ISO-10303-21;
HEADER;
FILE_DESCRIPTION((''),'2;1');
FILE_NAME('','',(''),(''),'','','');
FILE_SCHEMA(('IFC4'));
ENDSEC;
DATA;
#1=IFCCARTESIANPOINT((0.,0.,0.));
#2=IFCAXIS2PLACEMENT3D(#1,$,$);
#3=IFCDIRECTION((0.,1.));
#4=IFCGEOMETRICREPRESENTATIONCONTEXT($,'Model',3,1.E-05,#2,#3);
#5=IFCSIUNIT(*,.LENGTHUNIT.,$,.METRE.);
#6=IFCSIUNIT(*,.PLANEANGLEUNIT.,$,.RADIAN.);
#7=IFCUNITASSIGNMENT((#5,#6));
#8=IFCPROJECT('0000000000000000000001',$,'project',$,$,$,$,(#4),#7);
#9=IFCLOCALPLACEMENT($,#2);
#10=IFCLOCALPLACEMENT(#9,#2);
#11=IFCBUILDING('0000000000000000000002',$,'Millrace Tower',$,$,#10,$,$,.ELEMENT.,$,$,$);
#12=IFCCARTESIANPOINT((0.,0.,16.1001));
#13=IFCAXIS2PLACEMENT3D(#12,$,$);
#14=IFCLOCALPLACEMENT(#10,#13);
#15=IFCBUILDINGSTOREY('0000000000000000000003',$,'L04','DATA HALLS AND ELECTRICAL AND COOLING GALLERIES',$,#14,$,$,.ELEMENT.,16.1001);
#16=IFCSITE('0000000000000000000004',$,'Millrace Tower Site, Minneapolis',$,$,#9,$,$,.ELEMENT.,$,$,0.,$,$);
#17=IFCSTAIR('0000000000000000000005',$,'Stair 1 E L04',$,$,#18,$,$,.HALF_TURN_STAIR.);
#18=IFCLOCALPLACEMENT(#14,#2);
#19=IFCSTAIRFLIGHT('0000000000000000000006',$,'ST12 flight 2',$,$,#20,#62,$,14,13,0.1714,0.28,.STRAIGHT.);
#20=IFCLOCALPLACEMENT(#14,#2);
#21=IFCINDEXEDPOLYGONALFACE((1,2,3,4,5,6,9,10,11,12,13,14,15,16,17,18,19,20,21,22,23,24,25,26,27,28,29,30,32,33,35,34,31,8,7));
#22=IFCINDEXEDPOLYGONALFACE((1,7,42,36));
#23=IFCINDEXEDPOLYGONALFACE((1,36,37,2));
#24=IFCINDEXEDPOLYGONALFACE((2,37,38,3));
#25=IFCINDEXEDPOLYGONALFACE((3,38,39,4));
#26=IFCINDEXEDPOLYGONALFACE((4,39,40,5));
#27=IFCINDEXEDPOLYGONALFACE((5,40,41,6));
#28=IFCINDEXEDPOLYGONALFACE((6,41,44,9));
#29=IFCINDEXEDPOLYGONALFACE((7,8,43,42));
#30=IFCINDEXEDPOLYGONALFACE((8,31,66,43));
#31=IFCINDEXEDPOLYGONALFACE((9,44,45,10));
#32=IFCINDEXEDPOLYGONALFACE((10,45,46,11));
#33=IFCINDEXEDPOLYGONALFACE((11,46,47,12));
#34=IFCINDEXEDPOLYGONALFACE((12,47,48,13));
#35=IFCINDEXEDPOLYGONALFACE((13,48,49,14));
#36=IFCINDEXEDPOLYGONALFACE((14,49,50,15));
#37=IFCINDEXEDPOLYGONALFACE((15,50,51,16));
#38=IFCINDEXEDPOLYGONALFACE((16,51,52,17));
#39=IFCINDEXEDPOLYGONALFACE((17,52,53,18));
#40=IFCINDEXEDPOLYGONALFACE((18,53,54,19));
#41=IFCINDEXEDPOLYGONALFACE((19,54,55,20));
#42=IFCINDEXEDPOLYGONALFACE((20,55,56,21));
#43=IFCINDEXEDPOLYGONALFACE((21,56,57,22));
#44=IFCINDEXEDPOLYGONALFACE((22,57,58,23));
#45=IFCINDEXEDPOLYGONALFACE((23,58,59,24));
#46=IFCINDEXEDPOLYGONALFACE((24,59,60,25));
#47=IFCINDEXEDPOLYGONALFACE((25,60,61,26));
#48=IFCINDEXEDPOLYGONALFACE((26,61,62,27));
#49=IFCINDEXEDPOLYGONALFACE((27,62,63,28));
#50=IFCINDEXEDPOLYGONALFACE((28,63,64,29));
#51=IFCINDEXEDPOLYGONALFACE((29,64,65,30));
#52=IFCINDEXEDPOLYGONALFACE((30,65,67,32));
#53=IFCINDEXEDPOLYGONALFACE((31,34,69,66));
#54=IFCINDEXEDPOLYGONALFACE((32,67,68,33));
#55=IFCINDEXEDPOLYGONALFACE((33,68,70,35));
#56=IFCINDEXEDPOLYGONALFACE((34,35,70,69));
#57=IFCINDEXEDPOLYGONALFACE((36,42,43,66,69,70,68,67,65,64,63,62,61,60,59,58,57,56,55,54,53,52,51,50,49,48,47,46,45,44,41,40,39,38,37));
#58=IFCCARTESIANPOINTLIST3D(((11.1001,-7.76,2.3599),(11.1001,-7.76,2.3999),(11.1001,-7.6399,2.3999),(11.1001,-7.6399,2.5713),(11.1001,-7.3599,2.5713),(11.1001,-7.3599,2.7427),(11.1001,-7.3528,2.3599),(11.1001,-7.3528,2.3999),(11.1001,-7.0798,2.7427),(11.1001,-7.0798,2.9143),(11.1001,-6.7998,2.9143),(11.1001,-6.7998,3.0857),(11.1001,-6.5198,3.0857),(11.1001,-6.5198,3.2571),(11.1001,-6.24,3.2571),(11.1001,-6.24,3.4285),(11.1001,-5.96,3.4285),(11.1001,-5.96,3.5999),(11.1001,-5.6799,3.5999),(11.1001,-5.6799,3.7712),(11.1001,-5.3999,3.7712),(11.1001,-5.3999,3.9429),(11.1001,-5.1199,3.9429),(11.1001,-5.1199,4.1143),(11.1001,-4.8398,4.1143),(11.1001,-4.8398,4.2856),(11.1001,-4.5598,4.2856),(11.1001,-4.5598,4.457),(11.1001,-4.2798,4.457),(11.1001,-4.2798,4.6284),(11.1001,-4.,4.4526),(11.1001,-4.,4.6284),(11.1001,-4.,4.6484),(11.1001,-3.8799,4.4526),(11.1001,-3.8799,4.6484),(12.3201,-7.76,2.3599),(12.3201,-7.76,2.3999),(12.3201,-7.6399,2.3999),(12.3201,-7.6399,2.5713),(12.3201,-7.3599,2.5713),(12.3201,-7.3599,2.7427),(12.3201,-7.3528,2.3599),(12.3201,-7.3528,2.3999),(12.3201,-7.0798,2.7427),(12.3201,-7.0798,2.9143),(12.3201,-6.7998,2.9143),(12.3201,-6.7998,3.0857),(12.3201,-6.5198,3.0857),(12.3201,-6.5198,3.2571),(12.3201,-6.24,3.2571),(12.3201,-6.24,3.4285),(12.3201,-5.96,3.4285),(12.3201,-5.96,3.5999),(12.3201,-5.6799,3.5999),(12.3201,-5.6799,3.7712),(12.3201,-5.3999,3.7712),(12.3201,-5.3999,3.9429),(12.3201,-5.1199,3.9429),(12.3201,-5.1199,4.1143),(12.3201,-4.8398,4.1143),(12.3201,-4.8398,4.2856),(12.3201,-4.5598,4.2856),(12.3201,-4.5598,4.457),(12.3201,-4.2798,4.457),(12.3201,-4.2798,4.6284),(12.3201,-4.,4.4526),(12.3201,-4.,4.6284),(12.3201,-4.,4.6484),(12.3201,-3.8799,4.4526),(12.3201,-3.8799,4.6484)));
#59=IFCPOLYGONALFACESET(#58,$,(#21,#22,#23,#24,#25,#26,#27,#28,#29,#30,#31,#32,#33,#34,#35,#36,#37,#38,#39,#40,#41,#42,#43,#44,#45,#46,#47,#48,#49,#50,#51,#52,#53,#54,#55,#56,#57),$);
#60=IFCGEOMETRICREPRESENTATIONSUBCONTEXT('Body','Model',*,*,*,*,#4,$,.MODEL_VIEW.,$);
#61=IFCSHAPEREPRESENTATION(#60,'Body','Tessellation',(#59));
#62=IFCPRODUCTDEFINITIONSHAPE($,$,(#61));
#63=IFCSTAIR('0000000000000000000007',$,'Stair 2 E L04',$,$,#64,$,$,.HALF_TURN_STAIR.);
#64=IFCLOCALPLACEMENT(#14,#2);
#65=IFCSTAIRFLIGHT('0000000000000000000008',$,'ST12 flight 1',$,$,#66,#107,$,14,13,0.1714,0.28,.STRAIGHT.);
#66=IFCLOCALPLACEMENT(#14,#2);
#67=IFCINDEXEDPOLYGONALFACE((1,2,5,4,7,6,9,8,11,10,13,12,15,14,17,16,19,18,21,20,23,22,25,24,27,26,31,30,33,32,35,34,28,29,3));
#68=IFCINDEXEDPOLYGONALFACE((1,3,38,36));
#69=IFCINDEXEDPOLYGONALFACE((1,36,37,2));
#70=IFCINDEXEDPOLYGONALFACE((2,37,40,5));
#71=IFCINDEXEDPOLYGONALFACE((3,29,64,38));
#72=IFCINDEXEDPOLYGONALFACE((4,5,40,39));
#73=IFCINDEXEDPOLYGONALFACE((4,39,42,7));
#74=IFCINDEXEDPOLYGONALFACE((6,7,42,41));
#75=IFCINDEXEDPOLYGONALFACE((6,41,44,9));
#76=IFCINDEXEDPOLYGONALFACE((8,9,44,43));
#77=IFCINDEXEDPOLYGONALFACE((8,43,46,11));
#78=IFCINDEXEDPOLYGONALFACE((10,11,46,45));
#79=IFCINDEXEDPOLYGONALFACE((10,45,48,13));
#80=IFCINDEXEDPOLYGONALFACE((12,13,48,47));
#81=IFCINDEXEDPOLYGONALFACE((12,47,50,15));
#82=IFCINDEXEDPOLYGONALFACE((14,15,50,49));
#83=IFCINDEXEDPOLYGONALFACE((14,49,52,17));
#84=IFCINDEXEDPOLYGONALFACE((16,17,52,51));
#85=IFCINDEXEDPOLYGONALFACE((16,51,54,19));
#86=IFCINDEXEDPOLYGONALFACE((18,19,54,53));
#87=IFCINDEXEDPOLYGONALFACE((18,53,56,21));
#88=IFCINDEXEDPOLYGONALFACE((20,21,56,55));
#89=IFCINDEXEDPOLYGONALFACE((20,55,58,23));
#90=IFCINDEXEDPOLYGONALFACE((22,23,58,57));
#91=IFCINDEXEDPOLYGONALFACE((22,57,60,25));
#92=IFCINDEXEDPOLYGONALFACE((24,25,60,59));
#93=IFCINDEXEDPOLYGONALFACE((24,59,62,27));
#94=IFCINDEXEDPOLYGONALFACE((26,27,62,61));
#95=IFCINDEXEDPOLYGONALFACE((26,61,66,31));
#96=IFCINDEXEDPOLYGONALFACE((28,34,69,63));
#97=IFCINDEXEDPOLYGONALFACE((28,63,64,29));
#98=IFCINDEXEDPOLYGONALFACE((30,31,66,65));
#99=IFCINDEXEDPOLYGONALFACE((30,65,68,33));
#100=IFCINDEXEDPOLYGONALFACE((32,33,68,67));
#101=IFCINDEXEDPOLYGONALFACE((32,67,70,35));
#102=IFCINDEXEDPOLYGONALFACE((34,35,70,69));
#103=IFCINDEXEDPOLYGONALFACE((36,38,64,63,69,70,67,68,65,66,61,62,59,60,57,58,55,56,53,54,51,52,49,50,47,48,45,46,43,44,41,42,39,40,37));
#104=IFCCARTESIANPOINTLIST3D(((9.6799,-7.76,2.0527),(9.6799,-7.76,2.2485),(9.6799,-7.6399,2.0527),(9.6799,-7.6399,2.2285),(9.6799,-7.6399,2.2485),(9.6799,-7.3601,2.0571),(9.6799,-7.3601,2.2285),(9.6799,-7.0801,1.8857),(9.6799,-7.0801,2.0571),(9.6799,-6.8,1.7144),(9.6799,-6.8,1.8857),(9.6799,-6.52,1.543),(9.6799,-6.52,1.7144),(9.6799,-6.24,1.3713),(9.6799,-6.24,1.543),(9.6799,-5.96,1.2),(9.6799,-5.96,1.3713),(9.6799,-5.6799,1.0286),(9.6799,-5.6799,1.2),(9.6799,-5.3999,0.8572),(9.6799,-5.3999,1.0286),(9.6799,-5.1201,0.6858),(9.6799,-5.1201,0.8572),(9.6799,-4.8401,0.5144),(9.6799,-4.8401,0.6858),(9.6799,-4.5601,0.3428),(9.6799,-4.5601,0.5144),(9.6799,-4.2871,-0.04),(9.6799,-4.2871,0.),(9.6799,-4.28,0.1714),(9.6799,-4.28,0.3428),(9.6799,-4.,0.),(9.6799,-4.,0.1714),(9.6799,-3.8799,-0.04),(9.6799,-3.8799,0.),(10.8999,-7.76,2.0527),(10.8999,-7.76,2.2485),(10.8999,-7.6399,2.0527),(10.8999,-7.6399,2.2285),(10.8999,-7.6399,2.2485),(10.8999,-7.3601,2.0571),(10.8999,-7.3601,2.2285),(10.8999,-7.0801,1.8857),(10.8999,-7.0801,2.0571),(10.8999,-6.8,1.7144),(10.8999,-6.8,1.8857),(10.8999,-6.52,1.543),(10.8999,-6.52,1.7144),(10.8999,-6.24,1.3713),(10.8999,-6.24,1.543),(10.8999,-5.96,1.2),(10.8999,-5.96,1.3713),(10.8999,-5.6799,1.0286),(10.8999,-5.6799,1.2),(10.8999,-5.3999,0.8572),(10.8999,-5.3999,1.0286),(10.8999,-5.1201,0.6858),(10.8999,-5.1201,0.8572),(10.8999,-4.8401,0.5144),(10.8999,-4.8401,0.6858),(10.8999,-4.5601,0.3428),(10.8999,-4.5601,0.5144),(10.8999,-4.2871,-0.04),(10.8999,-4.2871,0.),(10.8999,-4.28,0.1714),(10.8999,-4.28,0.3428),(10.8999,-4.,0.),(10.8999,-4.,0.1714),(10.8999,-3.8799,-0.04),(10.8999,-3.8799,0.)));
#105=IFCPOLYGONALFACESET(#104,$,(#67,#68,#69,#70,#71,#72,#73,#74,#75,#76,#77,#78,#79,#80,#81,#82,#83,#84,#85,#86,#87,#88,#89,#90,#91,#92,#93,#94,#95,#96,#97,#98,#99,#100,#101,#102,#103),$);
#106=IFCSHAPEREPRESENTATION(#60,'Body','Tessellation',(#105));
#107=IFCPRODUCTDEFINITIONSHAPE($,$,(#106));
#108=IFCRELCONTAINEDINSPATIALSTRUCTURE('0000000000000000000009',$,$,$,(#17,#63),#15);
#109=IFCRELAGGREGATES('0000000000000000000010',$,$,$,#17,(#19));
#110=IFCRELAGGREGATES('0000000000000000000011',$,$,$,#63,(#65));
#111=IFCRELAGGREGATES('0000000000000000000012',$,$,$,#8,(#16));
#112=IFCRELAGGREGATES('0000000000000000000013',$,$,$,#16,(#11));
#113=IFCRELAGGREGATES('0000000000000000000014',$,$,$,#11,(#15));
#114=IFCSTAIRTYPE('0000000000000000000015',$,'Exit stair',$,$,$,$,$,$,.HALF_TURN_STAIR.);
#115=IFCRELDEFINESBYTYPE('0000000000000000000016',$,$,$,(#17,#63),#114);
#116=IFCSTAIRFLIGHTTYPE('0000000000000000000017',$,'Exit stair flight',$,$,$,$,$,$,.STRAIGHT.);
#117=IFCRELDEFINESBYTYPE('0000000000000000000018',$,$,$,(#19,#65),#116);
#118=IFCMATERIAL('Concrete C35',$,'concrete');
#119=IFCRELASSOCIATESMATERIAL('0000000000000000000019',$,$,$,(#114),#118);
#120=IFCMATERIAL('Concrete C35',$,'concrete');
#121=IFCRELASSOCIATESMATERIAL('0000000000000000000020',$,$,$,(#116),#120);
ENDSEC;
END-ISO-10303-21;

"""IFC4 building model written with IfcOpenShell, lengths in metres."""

from ifc_helpers import new_model, si_unit, direction, frame, origin, place, context, subcontext, project, spatial, polyline, outline, extrude, material, type_object, element, aggregate, save


model = new_model("IFC4")

# Units and contexts
model_context = context("Model", 3, precision=1e-05, world=origin(), true_north=direction((0.0, 1.0)))
body_context = subcontext(model_context, "Body", "Model", "MODEL_VIEW")
ifc_project = project(units=[si_unit("LENGTHUNIT", "METRE"), si_unit("PLANEANGLEUNIT", "RADIAN")], contexts=[model_context])

# Site, building, storey
site_placement = place(None, origin())
site = spatial("IfcSite", under=ifc_project, at=site_placement, Name="Millrace Tower Site, Minneapolis", CompositionType="ELEMENT", RefElevation=0.0)
building_placement = place(site_placement, origin())
building = spatial("IfcBuilding", under=site, at=building_placement, Name="Millrace Tower", CompositionType="ELEMENT")
storey_placement = place(building_placement, frame((0.0, 0.0, 16.1001)))
storey = spatial("IfcBuildingStorey", under=building, at=storey_placement, Name="L04", Description="DATA HALLS AND ELECTRICAL AND COOLING GALLERIES", CompositionType="ELEMENT", Elevation=16.1001)

# Shared definitions
placement = place(storey_placement, origin())

# Stair, stair flight
ifc_material_1 = material(Name="Concrete C35", Category="concrete")
stair_type = type_object("IfcStairType", Name="Exit stair", PredefinedType="HALF_TURN_STAIR", material=ifc_material_1)
stair_1 = element("IfcStair", 1, at=placement, inside=storey, type_object=stair_type, Name="Stair 1 E L04", PredefinedType="HALF_TURN_STAIR")
ifc_material_2 = material(Name="Concrete C35", Category="concrete")
stair_flight_type = type_object("IfcStairFlightType", Name="Exit stair flight", PredefinedType="STRAIGHT", material=ifc_material_2)
stair_flight_1_placement = place(storey_placement, frame((11.71, -7.6399, 2.3999), z_axis=(0.0, 0.0, 1.0), x_axis=(0.0, 1.0, 0.0)))
stair_flight_1 = element("IfcStairFlight", 2, at=stair_flight_1_placement, type_object=stair_flight_type, Name="ST12 flight 2", NumberOfRisers=14, NumberOfTreads=13, PredefinedType="STRAIGHT", RiserHeight=0.1714, TreadLength=0.28, context=body_context, shape_type="SweptSolid", body=[
    extrude(outline(polyline([(-0.1201, -0.04), (-0.1201, 0.0), (0.0, 0.0), (0.0, 0.1714), (0.28, 0.1714), (0.28, 0.3428), (0.5601, 0.3428), (0.5601, 0.5144), (0.8401, 0.5144), (0.8401, 0.6858), (1.1201, 0.6858), (1.1201, 0.8572), (1.3999, 0.8572), (1.3999, 1.0286), (1.6799, 1.0286), (1.6799, 1.2), (1.96, 1.2), (1.96, 1.3713), (2.24, 1.3713), (2.24, 1.543), (2.52, 1.543), (2.52, 1.7144), (2.8, 1.7144), (2.8, 1.8857), (3.0801, 1.8857), (3.0801, 2.0571), (3.3601, 2.0571), (3.3601, 2.2285), (3.6399, 2.2285), (3.6399, 2.2485), (3.76, 2.2485), (3.76, 2.0527), (3.6399, 2.0527), (0.2871, 0.0), (0.2871, -0.04), (-0.1201, -0.04)])), frame((0.0, 0.6099, 0.0), z_axis=(0.0, -1.0, 0.0), x_axis=(1.0, 0.0, 0.0)), (0.0, 0.0, 1.0), 1.22),
])
aggregate(stair_1, [stair_flight_1])

# Stair, stair flight
stair_2 = element("IfcStair", 3, at=placement, inside=storey, type_object=stair_type, Name="Stair 2 E L04", PredefinedType="HALF_TURN_STAIR")
stair_flight_2_placement = place(storey_placement, frame((10.29, -4.0, 0.0), z_axis=(0.0, 0.0, 1.0), x_axis=(0.0, -1.0, 0.0)))
stair_flight_2 = element("IfcStairFlight", 4, at=stair_flight_2_placement, type_object=stair_flight_type, Name="ST12 flight 1", NumberOfRisers=14, NumberOfTreads=13, PredefinedType="STRAIGHT", RiserHeight=0.1714, TreadLength=0.28, context=body_context, shape_type="SweptSolid", body=[
    extrude(outline(polyline([(-0.1201, -0.04), (-0.1201, 0.0), (0.0, 0.0), (0.0, 0.1714), (0.28, 0.1714), (0.28, 0.3428), (0.5601, 0.3428), (0.5601, 0.5144), (0.8401, 0.5144), (0.8401, 0.6858), (1.1201, 0.6858), (1.1201, 0.8572), (1.3999, 0.8572), (1.3999, 1.0286), (1.6799, 1.0286), (1.6799, 1.2), (1.96, 1.2), (1.96, 1.3713), (2.24, 1.3713), (2.24, 1.543), (2.52, 1.543), (2.52, 1.7144), (2.8, 1.7144), (2.8, 1.8857), (3.0801, 1.8857), (3.0801, 2.0571), (3.3601, 2.0571), (3.3601, 2.2285), (3.6399, 2.2285), (3.6399, 2.2485), (3.76, 2.2485), (3.76, 2.0527), (3.6399, 2.0527), (0.2871, 0.0), (0.2871, -0.04), (-0.1201, -0.04)])), frame((0.0, 0.6099, 0.0), z_axis=(0.0, -1.0, 0.0), x_axis=(1.0, 0.0, 0.0)), (0.0, 0.0, 1.0), 1.22),
])
aggregate(stair_2, [stair_flight_2])

save(model, "model.ifc")
